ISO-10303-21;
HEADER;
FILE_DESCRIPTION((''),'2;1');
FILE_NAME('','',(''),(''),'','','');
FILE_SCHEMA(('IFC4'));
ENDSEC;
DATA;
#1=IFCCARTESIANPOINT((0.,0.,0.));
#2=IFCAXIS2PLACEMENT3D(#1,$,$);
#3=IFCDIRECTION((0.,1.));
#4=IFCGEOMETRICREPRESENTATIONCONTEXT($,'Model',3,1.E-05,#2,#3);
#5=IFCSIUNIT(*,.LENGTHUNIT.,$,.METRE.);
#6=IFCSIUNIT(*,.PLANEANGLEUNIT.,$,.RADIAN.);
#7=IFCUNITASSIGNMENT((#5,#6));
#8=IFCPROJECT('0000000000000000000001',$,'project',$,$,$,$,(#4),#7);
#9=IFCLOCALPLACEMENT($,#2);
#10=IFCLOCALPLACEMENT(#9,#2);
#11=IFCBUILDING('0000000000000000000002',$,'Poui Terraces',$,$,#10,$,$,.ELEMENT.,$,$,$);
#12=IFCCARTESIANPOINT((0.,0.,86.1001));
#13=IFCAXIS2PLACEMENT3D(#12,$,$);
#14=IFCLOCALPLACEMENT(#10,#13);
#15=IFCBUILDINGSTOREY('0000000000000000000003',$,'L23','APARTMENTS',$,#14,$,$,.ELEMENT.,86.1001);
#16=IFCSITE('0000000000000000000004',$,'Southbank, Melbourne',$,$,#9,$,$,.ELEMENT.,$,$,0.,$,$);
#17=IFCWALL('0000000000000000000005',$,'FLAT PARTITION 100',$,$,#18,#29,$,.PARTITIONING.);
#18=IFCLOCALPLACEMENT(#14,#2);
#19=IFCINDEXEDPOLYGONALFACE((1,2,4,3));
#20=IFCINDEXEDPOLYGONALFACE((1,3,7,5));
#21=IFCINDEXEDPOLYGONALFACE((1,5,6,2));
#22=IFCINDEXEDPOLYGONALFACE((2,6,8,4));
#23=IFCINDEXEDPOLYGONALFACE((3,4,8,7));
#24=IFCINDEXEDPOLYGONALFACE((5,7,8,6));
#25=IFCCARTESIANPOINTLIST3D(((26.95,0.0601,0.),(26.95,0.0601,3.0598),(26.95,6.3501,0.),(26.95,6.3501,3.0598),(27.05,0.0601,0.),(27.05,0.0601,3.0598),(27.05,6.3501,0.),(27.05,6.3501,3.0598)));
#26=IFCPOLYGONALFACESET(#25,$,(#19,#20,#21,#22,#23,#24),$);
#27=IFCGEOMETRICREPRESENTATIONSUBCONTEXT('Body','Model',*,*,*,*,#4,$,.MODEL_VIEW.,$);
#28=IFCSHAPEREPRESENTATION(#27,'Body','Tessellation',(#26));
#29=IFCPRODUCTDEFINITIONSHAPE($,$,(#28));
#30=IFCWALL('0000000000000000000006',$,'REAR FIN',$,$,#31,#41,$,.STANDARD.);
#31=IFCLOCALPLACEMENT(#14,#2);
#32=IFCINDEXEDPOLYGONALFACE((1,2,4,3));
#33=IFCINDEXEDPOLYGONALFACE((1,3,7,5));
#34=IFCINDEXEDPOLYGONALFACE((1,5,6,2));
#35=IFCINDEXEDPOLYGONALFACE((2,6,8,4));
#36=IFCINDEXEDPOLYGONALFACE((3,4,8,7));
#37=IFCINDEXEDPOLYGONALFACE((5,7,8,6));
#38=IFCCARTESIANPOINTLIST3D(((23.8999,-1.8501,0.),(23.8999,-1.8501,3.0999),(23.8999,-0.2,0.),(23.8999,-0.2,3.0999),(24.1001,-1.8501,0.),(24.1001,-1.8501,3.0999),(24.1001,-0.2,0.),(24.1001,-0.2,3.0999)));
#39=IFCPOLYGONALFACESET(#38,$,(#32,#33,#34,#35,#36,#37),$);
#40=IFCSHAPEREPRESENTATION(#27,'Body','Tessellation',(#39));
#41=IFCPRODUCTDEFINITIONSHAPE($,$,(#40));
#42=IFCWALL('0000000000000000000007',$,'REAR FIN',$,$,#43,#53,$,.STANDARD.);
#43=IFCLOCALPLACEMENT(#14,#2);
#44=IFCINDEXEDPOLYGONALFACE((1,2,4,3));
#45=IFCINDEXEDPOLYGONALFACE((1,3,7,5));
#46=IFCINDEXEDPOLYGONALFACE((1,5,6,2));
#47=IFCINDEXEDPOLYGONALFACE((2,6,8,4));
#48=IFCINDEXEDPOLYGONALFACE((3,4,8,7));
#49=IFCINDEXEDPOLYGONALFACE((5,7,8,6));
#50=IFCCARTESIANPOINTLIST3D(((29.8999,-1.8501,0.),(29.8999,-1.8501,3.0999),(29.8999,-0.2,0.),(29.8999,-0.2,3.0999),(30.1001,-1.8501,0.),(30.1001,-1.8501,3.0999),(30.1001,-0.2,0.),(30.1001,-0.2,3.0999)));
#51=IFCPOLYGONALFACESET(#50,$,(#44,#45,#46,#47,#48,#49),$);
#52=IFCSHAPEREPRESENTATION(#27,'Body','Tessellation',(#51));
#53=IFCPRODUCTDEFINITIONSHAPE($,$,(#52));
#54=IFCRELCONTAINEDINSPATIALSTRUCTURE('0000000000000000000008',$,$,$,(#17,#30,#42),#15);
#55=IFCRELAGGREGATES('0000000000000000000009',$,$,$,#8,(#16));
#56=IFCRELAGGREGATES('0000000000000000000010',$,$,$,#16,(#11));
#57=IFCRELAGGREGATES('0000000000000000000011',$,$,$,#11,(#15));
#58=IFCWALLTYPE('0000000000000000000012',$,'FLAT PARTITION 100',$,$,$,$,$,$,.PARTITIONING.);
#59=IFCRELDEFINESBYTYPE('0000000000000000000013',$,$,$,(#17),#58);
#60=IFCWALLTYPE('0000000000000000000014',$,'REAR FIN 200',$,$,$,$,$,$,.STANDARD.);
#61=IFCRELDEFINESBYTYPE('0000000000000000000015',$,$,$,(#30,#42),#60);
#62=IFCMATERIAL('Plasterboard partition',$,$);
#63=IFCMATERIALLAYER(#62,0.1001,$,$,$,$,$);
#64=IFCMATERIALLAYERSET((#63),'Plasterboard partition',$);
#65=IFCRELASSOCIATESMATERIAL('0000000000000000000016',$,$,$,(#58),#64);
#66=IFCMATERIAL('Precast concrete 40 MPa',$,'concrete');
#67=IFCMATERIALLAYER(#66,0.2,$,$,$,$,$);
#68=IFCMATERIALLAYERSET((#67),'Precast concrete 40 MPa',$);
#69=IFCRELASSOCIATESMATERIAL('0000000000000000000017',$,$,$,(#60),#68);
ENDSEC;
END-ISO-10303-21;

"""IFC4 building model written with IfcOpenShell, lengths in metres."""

from ifc_helpers import new_model, si_unit, direction, frame, frame_2d, origin, place, context, subcontext, project, spatial, polyline, rectangle, outline, extrude, source, transform, mapped, material, layer, layer_set, type_object, element, save


model = new_model("IFC4")

# Units and contexts
model_context = context("Model", 3, precision=1e-05, world=origin(), true_north=direction((0.0, 1.0)))
body_context = subcontext(model_context, "Body", "Model", "MODEL_VIEW")
ifc_project = project(units=[si_unit("LENGTHUNIT", "METRE"), si_unit("PLANEANGLEUNIT", "RADIAN")], contexts=[model_context])

# Site, building, storey
site_placement = place(None, origin())
site = spatial("IfcSite", under=ifc_project, at=site_placement, Name="Southbank, Melbourne", CompositionType="ELEMENT", RefElevation=0.0)
building_placement = place(site_placement, origin())
building = spatial("IfcBuilding", under=site, at=building_placement, Name="Poui Terraces", CompositionType="ELEMENT")
storey_placement = place(building_placement, frame((0.0, 0.0, 86.1001)))
storey = spatial("IfcBuildingStorey", under=building, at=storey_placement, Name="L23", Description="APARTMENTS", CompositionType="ELEMENT", Elevation=86.1001)

# Shared definitions
ifc_material_1 = material(Name="Precast concrete 40 MPa", Category="concrete")

# Shared definitions
ifc_material_2 = material(Name="Plasterboard partition")
ifc_layer_1 = layer(ifc_material_2, 0.1001)
ifc_layer_set_1 = layer_set([ifc_layer_1], Name="Plasterboard partition")
wall_type_1 = type_object("IfcWallType", Name="FLAT PARTITION 100", PredefinedType="PARTITIONING", material=ifc_layer_set_1)

# Walls
wall_1_placement = place(storey_placement, frame((27.0, 0.0601, 0.0), z_axis=(0.0, 0.0, 1.0), x_axis=(0.0, 1.0, 0.0)))
element("IfcWall", 1, at=wall_1_placement, inside=storey, type_object=wall_type_1, Name="FLAT PARTITION 100", PredefinedType="PARTITIONING", context=body_context, shape_type="SweptSolid", body=[
    extrude(rectangle(XDim=6.29, YDim=0.1001, at=frame_2d((3.145, 0.0))), origin(), (0.0, 0.0, 1.0), 3.0598),
])
ifc_layer_2 = layer(ifc_material_1, 0.2)
ifc_layer_set_2 = layer_set([ifc_layer_2], Name="Precast concrete 40 MPa")
wall_type_2 = type_object("IfcWallType", Name="REAR FIN 200", PredefinedType="STANDARD", material=ifc_layer_set_2)
shared_shape_1 = source(origin(), body_context, "Body", "SweptSolid", [
    extrude(outline(polyline([(0.0, 0.0), (0.2002, 0.0), (0.2002, 1.6501), (0.0, 1.6501), (0.0, 0.0)])), origin(), (0.0, 0.0, 1.0), 3.0999),
])
for number, where, name in (
    (2, (23.8999, -1.8501, 0.0), "REAR FIN"),
    (3, (29.8999, -1.8501, 0.0), "REAR FIN"),
):
    element("IfcWall", number, at=place(storey_placement, frame(where)), inside=storey, type_object=wall_type_2, Name=name, PredefinedType="STANDARD", context=body_context, shape_type="MappedRepresentation", body=[
        mapped(shared_shape_1, transform((0.0, 0.0, 0.0))),
    ])

save(model, "model.ifc")
